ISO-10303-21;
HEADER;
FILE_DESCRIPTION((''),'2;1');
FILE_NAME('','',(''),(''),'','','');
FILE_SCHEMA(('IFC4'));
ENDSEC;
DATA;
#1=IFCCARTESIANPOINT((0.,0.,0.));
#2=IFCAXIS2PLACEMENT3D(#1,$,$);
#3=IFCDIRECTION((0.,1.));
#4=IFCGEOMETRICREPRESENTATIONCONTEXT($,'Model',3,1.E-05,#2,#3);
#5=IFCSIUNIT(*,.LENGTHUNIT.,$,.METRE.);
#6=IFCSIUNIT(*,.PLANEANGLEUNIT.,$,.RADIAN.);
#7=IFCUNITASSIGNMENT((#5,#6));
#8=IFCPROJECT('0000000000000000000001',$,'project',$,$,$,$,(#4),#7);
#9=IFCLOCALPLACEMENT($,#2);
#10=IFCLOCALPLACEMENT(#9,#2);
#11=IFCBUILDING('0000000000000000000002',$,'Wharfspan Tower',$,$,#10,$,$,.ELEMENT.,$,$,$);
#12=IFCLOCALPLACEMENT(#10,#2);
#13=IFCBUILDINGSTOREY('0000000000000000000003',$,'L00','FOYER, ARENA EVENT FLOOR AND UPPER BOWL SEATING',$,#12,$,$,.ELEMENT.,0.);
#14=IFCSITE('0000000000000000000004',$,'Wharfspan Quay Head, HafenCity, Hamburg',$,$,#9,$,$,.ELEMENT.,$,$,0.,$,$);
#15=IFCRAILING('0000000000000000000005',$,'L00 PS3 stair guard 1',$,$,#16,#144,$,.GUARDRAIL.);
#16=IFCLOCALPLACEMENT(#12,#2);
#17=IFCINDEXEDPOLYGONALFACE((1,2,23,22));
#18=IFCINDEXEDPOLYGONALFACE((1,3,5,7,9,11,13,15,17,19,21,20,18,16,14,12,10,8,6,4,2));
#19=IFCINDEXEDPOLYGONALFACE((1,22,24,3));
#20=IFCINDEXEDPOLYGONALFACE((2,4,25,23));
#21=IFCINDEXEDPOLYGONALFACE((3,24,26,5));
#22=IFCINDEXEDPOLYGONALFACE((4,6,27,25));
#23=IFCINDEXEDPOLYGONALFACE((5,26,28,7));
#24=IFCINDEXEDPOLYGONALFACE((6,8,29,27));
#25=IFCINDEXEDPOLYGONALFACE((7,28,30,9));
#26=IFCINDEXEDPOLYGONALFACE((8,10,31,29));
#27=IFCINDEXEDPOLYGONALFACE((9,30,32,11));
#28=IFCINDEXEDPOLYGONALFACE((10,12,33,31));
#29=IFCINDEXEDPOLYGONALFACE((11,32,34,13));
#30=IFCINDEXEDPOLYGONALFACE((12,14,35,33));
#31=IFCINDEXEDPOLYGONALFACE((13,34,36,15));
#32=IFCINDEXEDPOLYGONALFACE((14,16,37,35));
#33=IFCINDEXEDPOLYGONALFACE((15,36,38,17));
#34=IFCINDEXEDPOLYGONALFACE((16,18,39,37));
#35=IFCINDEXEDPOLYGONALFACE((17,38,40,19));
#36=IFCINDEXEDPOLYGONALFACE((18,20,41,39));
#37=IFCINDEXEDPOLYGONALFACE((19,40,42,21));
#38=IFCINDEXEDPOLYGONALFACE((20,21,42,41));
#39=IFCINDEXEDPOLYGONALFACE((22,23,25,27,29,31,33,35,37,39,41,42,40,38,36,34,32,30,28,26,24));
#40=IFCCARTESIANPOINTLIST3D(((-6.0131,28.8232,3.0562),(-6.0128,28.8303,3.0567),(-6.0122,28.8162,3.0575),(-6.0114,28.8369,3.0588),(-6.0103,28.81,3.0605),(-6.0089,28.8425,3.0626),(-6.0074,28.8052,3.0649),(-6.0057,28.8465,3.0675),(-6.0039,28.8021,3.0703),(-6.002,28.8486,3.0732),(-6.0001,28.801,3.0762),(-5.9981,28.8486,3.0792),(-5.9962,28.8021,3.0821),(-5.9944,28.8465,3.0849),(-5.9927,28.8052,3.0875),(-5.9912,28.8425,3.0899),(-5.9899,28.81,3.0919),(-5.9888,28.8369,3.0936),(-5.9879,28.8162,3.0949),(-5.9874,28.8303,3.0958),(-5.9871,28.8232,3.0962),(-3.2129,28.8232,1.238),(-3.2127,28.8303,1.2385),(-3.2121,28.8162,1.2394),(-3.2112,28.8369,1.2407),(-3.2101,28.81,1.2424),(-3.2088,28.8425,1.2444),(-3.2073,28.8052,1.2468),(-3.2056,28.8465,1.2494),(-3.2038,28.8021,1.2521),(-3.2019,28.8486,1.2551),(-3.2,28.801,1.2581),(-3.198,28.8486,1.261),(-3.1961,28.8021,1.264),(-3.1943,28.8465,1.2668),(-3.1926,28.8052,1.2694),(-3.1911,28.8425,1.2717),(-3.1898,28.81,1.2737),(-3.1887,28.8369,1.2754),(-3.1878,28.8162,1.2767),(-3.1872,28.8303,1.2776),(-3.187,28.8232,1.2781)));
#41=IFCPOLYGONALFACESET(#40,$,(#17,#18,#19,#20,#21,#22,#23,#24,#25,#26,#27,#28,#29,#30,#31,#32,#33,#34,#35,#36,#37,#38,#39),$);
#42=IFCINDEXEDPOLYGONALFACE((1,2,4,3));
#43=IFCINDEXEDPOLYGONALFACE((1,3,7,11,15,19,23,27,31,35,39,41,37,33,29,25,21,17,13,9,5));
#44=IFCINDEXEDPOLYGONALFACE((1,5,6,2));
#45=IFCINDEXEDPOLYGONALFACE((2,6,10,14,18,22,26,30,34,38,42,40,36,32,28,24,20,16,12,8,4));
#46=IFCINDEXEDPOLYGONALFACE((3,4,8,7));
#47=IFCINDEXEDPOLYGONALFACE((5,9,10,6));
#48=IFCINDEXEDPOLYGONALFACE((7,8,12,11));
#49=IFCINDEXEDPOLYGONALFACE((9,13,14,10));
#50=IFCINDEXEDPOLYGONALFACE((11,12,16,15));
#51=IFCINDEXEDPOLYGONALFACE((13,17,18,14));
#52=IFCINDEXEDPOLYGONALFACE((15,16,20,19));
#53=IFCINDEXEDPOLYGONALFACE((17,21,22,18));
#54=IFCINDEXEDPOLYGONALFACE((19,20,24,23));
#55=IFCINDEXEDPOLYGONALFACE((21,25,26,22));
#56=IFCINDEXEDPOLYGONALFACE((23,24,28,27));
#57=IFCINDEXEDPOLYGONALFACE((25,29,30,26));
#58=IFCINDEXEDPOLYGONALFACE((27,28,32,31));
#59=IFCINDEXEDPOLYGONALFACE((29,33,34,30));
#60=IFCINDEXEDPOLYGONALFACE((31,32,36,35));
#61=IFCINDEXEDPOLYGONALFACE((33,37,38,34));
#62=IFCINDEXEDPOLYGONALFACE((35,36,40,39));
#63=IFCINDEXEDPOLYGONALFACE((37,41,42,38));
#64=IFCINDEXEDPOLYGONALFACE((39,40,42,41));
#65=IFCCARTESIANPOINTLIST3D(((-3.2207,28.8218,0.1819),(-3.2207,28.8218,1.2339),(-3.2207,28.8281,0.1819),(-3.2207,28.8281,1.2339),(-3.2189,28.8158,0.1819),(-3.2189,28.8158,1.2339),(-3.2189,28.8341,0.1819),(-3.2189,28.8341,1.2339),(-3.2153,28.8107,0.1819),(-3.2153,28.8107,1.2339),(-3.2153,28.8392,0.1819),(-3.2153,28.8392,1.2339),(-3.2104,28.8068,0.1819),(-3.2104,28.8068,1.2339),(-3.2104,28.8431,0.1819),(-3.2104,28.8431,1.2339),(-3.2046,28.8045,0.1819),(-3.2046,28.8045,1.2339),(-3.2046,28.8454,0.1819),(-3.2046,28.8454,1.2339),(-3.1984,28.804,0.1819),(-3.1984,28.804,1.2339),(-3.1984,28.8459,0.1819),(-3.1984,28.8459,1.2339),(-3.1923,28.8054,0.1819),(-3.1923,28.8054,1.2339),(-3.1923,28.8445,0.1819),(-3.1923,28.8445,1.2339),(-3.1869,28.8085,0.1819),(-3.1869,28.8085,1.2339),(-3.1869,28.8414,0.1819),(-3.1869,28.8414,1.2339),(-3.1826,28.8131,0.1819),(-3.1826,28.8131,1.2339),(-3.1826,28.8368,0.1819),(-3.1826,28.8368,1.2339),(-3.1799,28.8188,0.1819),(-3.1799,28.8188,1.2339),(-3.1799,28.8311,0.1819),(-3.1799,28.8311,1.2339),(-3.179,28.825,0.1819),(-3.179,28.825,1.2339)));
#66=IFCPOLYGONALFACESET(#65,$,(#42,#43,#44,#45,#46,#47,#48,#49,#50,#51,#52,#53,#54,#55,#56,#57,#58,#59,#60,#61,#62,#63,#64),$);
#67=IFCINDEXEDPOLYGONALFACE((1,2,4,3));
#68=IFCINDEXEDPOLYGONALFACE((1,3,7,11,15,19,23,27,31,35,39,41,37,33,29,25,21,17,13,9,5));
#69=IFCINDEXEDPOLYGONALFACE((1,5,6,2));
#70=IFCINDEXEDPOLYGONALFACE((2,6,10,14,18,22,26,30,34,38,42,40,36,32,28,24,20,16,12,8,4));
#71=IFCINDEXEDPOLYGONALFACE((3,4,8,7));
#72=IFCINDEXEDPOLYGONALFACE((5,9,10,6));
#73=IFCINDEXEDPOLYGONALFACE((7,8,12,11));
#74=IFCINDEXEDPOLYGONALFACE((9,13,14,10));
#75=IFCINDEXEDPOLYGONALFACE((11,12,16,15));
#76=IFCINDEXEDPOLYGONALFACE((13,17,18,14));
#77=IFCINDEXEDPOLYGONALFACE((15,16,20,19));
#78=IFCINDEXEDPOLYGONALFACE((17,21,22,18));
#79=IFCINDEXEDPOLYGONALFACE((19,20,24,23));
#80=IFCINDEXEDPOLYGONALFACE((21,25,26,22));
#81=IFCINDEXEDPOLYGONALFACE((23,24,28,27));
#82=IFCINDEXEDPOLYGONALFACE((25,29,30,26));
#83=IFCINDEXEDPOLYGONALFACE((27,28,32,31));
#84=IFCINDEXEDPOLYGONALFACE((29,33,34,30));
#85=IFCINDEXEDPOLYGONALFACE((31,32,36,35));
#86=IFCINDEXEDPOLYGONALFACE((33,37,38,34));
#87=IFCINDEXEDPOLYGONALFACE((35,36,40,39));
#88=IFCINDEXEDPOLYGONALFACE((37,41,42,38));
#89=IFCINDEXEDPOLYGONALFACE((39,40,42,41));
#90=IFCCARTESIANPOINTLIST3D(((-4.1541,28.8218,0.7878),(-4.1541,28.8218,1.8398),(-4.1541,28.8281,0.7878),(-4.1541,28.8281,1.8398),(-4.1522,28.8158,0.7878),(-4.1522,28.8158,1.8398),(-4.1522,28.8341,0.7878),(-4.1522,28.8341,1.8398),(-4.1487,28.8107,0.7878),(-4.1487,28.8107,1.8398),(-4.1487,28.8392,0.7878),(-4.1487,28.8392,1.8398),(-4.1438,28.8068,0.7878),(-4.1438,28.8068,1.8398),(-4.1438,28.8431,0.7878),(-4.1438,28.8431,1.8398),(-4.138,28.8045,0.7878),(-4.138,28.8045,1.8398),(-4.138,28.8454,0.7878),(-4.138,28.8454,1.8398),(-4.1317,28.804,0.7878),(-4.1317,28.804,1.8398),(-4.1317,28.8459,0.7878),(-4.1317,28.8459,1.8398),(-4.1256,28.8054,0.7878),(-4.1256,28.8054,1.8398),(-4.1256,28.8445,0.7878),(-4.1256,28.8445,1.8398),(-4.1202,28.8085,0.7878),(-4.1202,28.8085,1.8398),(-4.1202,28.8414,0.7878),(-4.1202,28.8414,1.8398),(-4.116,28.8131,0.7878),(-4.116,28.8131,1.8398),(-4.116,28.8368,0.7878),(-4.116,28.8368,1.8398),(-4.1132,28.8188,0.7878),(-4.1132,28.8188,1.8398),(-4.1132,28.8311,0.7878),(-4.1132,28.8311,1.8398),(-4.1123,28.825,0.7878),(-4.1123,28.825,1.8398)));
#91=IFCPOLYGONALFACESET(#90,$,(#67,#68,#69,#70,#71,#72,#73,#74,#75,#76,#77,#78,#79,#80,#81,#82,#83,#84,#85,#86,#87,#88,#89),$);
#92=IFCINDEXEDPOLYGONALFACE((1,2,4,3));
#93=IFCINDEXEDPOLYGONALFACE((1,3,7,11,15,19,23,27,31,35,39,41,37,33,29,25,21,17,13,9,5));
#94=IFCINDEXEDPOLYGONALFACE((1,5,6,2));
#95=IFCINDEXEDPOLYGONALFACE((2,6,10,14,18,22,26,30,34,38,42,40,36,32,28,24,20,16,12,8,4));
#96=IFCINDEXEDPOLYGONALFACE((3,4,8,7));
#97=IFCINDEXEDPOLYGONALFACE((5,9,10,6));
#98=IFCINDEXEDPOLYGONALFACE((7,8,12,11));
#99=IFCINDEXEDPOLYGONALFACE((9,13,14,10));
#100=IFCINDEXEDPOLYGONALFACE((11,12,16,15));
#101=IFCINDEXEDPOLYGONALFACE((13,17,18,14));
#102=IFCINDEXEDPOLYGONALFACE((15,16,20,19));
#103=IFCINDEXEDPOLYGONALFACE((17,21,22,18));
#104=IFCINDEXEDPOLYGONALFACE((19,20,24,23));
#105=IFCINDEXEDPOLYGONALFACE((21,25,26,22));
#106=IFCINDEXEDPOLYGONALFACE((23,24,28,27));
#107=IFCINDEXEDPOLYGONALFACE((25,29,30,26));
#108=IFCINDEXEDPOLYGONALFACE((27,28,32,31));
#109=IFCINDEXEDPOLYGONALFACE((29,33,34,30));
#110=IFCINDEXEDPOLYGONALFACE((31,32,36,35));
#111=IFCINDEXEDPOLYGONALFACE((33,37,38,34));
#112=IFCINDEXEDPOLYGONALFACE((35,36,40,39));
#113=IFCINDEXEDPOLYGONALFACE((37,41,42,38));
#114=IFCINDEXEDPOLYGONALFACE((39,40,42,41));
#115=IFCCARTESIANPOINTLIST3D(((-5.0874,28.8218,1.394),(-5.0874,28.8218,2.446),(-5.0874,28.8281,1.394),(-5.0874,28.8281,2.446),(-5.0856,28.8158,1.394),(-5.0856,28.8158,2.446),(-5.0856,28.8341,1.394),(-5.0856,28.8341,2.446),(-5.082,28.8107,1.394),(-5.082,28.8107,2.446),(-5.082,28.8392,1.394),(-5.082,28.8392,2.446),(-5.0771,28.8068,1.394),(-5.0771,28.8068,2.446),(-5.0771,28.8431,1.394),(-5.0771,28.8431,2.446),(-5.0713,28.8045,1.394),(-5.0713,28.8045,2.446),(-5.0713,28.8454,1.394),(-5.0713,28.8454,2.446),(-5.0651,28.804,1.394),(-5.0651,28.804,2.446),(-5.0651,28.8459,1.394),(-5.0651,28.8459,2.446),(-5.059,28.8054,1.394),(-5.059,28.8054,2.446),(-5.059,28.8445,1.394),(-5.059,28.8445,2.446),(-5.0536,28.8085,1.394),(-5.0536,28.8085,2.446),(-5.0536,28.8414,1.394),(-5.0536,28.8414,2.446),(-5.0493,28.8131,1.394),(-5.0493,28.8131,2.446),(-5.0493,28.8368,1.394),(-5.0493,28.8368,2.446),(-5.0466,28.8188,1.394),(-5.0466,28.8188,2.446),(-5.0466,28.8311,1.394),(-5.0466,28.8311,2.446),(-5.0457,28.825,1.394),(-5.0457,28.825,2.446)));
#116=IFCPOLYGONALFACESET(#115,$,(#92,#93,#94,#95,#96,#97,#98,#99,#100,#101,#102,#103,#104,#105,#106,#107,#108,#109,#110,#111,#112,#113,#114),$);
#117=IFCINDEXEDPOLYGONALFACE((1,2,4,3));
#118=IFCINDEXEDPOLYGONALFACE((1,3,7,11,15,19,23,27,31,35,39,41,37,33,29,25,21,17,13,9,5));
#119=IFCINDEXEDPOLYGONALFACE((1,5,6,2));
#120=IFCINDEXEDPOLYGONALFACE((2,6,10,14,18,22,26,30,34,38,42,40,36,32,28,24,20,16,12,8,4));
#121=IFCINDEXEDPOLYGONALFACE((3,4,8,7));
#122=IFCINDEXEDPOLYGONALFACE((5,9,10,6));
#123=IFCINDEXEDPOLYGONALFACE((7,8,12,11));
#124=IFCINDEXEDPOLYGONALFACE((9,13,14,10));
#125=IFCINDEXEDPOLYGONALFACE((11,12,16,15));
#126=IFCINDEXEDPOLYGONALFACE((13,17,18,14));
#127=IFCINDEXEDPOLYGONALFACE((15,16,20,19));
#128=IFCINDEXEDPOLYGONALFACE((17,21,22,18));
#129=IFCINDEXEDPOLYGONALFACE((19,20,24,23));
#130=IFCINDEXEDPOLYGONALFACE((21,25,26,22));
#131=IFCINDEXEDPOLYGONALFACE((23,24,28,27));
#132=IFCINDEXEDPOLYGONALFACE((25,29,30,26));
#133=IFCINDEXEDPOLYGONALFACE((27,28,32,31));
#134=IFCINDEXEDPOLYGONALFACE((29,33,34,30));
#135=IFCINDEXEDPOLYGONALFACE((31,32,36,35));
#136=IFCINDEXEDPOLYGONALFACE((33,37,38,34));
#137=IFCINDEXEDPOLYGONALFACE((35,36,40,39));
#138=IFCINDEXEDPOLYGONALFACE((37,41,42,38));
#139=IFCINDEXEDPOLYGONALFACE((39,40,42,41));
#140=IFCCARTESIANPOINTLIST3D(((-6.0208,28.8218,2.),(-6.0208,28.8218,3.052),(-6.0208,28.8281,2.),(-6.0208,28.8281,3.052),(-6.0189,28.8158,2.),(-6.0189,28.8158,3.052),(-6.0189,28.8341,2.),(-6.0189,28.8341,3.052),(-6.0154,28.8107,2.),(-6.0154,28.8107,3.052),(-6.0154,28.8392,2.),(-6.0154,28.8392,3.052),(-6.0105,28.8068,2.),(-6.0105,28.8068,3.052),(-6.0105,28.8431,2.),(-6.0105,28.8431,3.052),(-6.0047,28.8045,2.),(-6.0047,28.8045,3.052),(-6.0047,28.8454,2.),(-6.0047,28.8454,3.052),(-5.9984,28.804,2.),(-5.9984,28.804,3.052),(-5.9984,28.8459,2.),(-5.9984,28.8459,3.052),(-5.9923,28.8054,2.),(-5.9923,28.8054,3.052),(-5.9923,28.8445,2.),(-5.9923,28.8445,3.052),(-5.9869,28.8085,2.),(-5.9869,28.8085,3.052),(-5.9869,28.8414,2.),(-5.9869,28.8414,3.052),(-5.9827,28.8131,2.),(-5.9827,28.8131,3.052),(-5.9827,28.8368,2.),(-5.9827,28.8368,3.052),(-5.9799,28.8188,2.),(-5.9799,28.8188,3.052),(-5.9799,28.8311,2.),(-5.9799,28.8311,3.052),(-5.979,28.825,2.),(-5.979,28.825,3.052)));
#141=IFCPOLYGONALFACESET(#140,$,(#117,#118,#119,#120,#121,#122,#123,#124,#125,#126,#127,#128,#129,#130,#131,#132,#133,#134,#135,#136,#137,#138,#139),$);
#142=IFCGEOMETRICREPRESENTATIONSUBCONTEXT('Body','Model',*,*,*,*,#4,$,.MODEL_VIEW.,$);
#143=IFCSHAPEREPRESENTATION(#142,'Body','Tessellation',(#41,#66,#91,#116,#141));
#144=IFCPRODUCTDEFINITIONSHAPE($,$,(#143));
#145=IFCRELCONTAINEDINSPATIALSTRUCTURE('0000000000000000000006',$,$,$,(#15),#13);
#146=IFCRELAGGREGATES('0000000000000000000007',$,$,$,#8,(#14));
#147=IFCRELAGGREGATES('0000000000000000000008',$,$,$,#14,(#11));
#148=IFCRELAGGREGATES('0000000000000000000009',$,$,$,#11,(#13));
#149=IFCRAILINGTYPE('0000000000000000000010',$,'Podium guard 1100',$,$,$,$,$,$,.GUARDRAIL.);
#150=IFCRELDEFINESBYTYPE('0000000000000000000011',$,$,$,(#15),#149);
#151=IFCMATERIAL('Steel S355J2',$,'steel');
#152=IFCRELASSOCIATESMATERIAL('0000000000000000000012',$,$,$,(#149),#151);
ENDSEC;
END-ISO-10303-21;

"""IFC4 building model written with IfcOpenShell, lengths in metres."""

from ifc_helpers import new_model, si_unit, direction, frame, origin, origin_2d, place, context, subcontext, project, spatial, circle, extrude, material, type_object, element, save


model = new_model("IFC4")

# Units and contexts
model_context = context("Model", 3, precision=1e-05, world=origin(), true_north=direction((0.0, 1.0)))
body_context = subcontext(model_context, "Body", "Model", "MODEL_VIEW")
ifc_project = project(units=[si_unit("LENGTHUNIT", "METRE"), si_unit("PLANEANGLEUNIT", "RADIAN")], contexts=[model_context])

# Site, building, storey
site_placement = place(None, origin())
site = spatial("IfcSite", under=ifc_project, at=site_placement, Name="Wharfspan Quay Head, HafenCity, Hamburg", CompositionType="ELEMENT", RefElevation=0.0)
building_placement = place(site_placement, origin())
building = spatial("IfcBuilding", under=site, at=building_placement, Name="Wharfspan Tower", CompositionType="ELEMENT")
storey_placement = place(building_placement, origin())
storey = spatial("IfcBuildingStorey", under=building, at=storey_placement, Name="L00", Description="FOYER, ARENA EVENT FLOOR AND UPPER BOWL SEATING", CompositionType="ELEMENT", Elevation=0.0)

# Railing
ifc_material_1 = material(Name="Steel S355J2", Category="steel")
railing_type_1 = type_object("IfcRailingType", Name="Podium guard 1100", PredefinedType="GUARDRAIL", material=ifc_material_1)
railing_1_placement = place(storey_placement, frame((-3.2, 28.825, 0.1819)))
element("IfcRailing", 1, at=railing_1_placement, inside=storey, type_object=railing_type_1, Name="L00 PS3 stair guard 1", PredefinedType="GUARDRAIL", context=body_context, shape_type="SweptSolid", body=[
    extrude(circle(Radius=0.0239, at=origin_2d()), frame((0.0, 0.0, 1.0762), z_axis=(-0.838706, 0.0, 0.544585), x_axis=(0.0, -1.0, 0.0)), (0.0, 0.0, 1.0), 3.3386),
    extrude(circle(Radius=0.021, at=origin_2d()), origin(), (0.0, 0.0, 1.0), 1.052),
    extrude(circle(Radius=0.021, at=origin_2d()), frame((-0.9334, 0.0, 0.606)), (0.0, 0.0, 1.0), 1.052),
    extrude(circle(Radius=0.021, at=origin_2d()), frame((-1.8667, 0.0, 1.2122)), (0.0, 0.0, 1.0), 1.052),
    extrude(circle(Radius=0.021, at=origin_2d()), frame((-2.8, 0.0, 1.8181)), (0.0, 0.0, 1.0), 1.052),
])

save(model, "model.ifc")
